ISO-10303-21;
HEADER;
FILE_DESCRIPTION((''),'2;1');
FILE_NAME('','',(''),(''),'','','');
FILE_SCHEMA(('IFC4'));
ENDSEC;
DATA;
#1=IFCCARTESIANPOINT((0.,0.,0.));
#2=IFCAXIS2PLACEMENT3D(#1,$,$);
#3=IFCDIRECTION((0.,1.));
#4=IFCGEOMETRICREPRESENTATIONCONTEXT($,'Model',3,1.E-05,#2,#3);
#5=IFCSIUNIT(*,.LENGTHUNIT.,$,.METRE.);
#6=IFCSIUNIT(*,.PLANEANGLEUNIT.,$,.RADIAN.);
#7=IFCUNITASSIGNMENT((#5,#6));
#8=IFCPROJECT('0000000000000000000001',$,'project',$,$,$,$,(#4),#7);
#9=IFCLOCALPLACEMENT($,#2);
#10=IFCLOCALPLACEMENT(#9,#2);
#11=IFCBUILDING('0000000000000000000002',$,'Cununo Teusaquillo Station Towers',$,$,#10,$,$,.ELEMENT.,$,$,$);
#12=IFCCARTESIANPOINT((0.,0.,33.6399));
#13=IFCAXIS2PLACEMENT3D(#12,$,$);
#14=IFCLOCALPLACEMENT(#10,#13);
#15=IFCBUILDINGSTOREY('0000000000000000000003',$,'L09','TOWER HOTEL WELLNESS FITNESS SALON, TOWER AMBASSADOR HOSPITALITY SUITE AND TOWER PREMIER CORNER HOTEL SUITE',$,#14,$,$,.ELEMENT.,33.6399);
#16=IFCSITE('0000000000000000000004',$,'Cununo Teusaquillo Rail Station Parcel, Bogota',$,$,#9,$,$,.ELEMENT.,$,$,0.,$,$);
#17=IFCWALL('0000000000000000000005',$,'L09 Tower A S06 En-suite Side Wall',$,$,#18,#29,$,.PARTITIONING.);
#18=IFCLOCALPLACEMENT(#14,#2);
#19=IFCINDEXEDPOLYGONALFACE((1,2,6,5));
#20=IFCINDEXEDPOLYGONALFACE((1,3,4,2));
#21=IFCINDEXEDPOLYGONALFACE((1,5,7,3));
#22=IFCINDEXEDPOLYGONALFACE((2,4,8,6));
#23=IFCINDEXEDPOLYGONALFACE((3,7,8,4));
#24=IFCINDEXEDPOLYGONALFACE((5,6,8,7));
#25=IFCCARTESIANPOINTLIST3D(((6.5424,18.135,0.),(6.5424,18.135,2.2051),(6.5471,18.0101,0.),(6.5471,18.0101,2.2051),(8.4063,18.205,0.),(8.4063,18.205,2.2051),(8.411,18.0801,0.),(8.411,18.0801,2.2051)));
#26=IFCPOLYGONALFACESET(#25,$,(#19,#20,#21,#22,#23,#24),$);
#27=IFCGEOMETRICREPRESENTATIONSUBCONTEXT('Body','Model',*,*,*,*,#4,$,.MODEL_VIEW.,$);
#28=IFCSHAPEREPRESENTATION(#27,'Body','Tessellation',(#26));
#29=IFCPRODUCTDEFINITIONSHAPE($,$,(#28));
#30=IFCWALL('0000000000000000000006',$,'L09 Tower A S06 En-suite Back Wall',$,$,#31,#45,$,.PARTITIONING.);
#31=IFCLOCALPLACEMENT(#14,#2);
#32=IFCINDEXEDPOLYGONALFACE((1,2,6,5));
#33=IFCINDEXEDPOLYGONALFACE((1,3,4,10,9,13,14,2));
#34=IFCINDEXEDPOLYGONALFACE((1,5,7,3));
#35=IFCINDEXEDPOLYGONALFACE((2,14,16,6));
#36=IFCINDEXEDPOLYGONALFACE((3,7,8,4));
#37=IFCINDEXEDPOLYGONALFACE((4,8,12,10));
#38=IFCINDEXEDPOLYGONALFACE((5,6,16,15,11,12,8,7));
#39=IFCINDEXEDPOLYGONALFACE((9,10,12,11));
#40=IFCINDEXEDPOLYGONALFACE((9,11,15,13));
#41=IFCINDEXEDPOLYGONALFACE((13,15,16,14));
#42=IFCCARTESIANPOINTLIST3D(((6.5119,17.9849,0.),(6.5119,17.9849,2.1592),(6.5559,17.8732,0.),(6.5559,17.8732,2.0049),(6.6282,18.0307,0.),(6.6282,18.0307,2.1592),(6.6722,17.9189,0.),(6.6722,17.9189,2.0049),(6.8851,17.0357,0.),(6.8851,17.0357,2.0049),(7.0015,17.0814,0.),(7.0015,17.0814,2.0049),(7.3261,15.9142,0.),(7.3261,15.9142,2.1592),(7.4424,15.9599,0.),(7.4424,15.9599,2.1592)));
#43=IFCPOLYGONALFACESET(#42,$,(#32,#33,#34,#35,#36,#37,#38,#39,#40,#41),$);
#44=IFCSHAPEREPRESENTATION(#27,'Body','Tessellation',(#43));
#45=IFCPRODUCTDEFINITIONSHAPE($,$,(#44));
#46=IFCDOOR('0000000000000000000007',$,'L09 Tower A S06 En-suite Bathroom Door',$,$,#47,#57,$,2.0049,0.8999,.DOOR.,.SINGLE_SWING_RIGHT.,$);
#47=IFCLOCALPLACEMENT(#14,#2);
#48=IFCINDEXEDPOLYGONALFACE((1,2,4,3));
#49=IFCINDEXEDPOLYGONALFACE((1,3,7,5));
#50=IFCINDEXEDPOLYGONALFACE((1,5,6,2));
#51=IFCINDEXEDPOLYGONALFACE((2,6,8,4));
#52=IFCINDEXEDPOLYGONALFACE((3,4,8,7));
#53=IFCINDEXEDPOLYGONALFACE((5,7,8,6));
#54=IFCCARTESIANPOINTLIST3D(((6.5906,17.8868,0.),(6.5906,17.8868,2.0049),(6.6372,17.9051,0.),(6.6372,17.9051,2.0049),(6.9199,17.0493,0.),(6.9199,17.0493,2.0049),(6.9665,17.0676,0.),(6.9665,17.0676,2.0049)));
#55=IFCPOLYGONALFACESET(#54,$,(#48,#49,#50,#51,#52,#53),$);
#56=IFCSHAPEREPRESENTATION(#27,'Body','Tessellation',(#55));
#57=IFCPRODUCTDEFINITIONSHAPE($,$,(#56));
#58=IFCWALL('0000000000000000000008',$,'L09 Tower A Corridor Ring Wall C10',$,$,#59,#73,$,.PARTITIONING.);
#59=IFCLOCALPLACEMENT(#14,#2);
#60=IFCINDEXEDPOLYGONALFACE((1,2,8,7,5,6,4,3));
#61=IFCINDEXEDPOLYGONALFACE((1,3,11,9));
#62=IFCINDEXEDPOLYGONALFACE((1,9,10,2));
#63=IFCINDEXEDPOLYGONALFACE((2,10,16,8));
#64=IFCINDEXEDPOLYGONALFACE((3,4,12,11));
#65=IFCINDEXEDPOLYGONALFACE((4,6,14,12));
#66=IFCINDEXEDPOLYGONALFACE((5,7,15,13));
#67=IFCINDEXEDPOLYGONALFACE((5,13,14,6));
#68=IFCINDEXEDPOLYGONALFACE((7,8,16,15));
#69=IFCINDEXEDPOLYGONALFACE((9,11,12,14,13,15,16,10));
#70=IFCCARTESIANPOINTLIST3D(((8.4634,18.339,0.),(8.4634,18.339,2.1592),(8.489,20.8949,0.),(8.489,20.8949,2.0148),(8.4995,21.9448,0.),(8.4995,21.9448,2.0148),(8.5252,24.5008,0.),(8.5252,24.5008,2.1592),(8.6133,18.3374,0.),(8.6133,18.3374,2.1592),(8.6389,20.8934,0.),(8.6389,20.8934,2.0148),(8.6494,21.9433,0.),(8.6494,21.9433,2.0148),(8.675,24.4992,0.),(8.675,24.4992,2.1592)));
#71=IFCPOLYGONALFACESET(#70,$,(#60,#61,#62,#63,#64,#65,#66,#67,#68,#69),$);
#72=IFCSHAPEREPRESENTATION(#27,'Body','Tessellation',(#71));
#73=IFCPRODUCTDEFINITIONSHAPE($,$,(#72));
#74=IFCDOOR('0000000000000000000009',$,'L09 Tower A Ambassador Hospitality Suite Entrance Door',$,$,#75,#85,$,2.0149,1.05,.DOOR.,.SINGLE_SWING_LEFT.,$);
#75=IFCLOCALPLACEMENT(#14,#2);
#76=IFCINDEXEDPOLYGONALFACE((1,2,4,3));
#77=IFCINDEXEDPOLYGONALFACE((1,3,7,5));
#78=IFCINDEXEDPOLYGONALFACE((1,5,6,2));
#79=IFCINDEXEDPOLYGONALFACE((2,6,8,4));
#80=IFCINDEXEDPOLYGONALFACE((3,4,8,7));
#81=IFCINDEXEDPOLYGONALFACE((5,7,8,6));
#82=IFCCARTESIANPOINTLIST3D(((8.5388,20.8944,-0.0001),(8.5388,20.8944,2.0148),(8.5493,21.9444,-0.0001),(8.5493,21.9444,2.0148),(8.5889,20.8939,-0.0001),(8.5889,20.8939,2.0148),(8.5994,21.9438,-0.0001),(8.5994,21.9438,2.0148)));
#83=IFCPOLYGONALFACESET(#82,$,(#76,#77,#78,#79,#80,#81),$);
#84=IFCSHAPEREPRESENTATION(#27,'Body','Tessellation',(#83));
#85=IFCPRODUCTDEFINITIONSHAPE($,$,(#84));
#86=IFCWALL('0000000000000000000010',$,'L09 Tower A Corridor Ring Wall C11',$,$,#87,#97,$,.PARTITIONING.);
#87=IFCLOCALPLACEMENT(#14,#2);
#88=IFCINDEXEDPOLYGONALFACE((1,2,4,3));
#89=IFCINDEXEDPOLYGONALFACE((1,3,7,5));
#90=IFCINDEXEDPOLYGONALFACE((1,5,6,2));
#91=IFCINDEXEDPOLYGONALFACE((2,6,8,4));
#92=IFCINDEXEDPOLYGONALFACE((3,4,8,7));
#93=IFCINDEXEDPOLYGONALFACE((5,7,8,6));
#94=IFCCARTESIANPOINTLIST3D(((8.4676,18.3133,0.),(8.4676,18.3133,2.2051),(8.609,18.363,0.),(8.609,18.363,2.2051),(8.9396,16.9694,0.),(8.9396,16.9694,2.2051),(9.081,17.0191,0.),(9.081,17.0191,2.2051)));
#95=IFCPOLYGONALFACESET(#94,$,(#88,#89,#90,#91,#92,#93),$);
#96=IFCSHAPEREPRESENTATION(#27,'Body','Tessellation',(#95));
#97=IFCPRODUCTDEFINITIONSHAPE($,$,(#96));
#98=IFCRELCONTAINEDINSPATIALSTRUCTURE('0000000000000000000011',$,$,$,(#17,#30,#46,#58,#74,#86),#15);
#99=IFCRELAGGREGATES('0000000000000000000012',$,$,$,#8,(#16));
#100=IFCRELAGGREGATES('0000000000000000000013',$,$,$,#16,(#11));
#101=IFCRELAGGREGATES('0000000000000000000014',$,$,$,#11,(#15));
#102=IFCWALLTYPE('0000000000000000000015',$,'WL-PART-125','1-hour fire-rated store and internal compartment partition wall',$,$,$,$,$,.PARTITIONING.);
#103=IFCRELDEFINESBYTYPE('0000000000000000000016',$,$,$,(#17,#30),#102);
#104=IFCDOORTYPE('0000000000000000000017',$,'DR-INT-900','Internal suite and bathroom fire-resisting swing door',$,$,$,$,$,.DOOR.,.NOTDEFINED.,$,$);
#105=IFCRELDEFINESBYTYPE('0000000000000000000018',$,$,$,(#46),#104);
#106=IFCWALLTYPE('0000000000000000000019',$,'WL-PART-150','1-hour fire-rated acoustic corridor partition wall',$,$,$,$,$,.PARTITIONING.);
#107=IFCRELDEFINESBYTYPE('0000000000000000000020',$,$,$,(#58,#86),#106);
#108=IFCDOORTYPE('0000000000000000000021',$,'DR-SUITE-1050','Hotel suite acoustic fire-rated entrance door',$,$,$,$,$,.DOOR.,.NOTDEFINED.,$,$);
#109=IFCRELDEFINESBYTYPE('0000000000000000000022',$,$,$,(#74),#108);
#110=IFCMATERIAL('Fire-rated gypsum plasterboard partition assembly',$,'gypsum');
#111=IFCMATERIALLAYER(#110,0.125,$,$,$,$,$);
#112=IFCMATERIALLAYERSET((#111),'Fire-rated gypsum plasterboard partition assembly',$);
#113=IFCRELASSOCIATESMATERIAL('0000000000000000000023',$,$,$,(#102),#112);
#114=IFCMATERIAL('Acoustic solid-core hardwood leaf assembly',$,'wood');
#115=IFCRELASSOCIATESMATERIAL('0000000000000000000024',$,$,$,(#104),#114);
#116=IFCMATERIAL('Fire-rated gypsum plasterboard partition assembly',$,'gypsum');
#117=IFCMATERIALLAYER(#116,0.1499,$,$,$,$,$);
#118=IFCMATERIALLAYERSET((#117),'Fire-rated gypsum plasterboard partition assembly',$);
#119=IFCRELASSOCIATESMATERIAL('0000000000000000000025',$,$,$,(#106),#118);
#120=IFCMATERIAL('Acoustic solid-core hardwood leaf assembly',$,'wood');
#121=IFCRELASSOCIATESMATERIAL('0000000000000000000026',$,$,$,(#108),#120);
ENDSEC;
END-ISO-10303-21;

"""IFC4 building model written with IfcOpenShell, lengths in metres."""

from ifc_helpers import new_model, si_unit, direction, frame, frame_2d, origin, place, context, subcontext, project, spatial, rectangle, extrude, source, transform, mapped, material, layer, layer_set, type_object, element, fill, save


model = new_model("IFC4")

# Units and contexts
model_context = context("Model", 3, precision=1e-05, world=origin(), true_north=direction((0.0, 1.0)))
body_context = subcontext(model_context, "Body", "Model", "MODEL_VIEW")
ifc_project = project(units=[si_unit("LENGTHUNIT", "METRE"), si_unit("PLANEANGLEUNIT", "RADIAN")], contexts=[model_context])

# Site, building, storey
site_placement = place(None, origin())
site = spatial("IfcSite", under=ifc_project, at=site_placement, Name="Cununo Teusaquillo Rail Station Parcel, Bogota", CompositionType="ELEMENT", RefElevation=0.0)
building_placement = place(site_placement, origin())
building = spatial("IfcBuilding", under=site, at=building_placement, Name="Cununo Teusaquillo Station Towers", CompositionType="ELEMENT")
storey_placement = place(building_placement, frame((0.0, 0.0, 33.6399)))
storey = spatial("IfcBuildingStorey", under=building, at=storey_placement, Name="L09", Description="TOWER HOTEL WELLNESS FITNESS SALON, TOWER AMBASSADOR HOSPITALITY SUITE AND TOWER PREMIER CORNER HOTEL SUITE", CompositionType="ELEMENT", Elevation=33.6399)

# Wall
ifc_material_1 = material(Name="Fire-rated gypsum plasterboard partition assembly", Category="gypsum")
ifc_layer_1 = layer(ifc_material_1, 0.125)
ifc_layer_set_1 = layer_set([ifc_layer_1], Name="Fire-rated gypsum plasterboard partition assembly")
wall_type_1 = type_object("IfcWallType", Name="WL-PART-125", Description="1-hour fire-rated store and internal compartment partition wall", PredefinedType="PARTITIONING", material=ifc_layer_set_1)
wall_1_placement = place(storey_placement, frame((8.4087, 18.1426, 0.0), z_axis=(0.0, 0.0, 1.0), x_axis=(-0.999294, -0.037564, 0.0)))
element("IfcWall", 1, at=wall_1_placement, inside=storey, type_object=wall_type_1, Name="L09 Tower A S06 En-suite Side Wall", PredefinedType="PARTITIONING", context=body_context, shape_type="SweptSolid", body=[
    extrude(rectangle(XDim=1.8652, YDim=0.125, at=frame_2d((0.9326, 0.0))), origin(), (0.0, 0.0, 1.0), 2.2051),
])

# Walls, openings, doors
wall_2_placement = place(storey_placement, frame((6.5701, 18.0078, 0.0), z_axis=(0.0, 0.0, 1.0), x_axis=(0.365917, -0.930647, 0.0)))
wall_2 = element("IfcWall", 2, at=wall_2_placement, inside=storey, type_object=wall_type_1, Name="L09 Tower A S06 En-suite Back Wall", PredefinedType="PARTITIONING", context=body_context, shape_type="SweptSolid", body=[
    extrude(rectangle(XDim=2.2251, YDim=0.125, at=frame_2d((1.1125, 0.0))), origin(), (0.0, 0.0, 1.0), 2.1592),
])
shared_shape_1 = source(origin(), body_context, "Body", "SweptSolid", [
    extrude(rectangle(XDim=0.8999, YDim=2.0049, at=frame_2d((0.45, 1.0024))), frame((0.0, 0.0725, 0.0), z_axis=(0.0, -1.0, 0.0), x_axis=(1.0, 0.0, 0.0)), (0.0, 0.0, 1.0), 0.145),
])
opening_1_placement = place(wall_2_placement, frame((0.1201, 0.0, 0.0)))
opening_1 = element("IfcOpeningElement", 3, at=opening_1_placement, cuts=wall_2, PredefinedType="OPENING", context=body_context, shape_type="MappedRepresentation", body=[
    mapped(shared_shape_1, transform((0.0, 0.0, 0.0), x_axis=(1.0, 0.0, 0.0), y_axis=(0.0, 1.0, 0.0), z_axis=(0.0, 0.0, 1.0), scale=1.0)),
])
ifc_material_2 = material(Name="Acoustic solid-core hardwood leaf assembly", Category="wood")
door_type_1 = type_object("IfcDoorType", Name="DR-INT-900", Description="Internal suite and bathroom fire-resisting swing door", OperationType="NOTDEFINED", PredefinedType="DOOR", material=ifc_material_2)
shared_shape_2 = source(origin(), body_context, "Body", "SweptSolid", [
    extrude(rectangle(XDim=0.8999, YDim=2.0049, at=frame_2d((0.45, 1.0024))), frame((0.0, 0.0249, 0.0), z_axis=(0.0, -1.0, 0.0), x_axis=(1.0, 0.0, 0.0)), (0.0, 0.0, 1.0), 0.05),
])
door_1_placement = place(opening_1_placement, origin())
door_1 = element("IfcDoor", 4, at=door_1_placement, inside=storey, type_object=door_type_1, Name="L09 Tower A S06 En-suite Bathroom Door", OperationType="SINGLE_SWING_RIGHT", OverallHeight=2.0049, OverallWidth=0.8999, PredefinedType="DOOR", context=body_context, shape_type="MappedRepresentation", body=[
    mapped(shared_shape_2, transform((0.0, 0.0, 0.0), x_axis=(1.0, 0.0, 0.0), y_axis=(0.0, 1.0, 0.0), z_axis=(0.0, 0.0, 1.0), scale=1.0)),
])
fill(opening_1, door_1)
ifc_material_3 = material(Name="Fire-rated gypsum plasterboard partition assembly", Category="gypsum")
ifc_layer_2 = layer(ifc_material_3, 0.1499)
ifc_layer_set_2 = layer_set([ifc_layer_2], Name="Fire-rated gypsum plasterboard partition assembly")
wall_type_2 = type_object("IfcWallType", Name="WL-PART-150", Description="1-hour fire-rated acoustic corridor partition wall", PredefinedType="PARTITIONING", material=ifc_layer_set_2)
wall_3_placement = place(storey_placement, frame((8.6001, 24.5, 0.0), z_axis=(0.0, 0.0, 1.0), x_axis=(-0.010024, -0.99995, 0.0)))
wall_3 = element("IfcWall", 5, at=wall_3_placement, inside=storey, type_object=wall_type_2, Name="L09 Tower A Corridor Ring Wall C10", PredefinedType="PARTITIONING", context=body_context, shape_type="SweptSolid", body=[
    extrude(rectangle(XDim=6.1621, YDim=0.1499, at=frame_2d((3.0811, 0.0))), origin(), (0.0, 0.0, 1.0), 2.1592),
])
shared_shape_3 = source(origin(), body_context, "Body", "SweptSolid", [
    extrude(rectangle(XDim=1.05, YDim=2.0149, at=frame_2d((0.5249, 1.0073))), frame((0.0, 0.085, 0.0), z_axis=(0.0, -1.0, 0.0), x_axis=(1.0, 0.0, 0.0)), (0.0, 0.0, 1.0), 0.1699),
])
opening_2_placement = place(wall_3_placement, frame((2.5562, 0.0, 0.0)))
opening_2 = element("IfcOpeningElement", 6, at=opening_2_placement, cuts=wall_3, PredefinedType="OPENING", context=body_context, shape_type="MappedRepresentation", body=[
    mapped(shared_shape_3, transform((0.0, 0.0, 0.0), x_axis=(1.0, 0.0, 0.0), y_axis=(0.0, 1.0, 0.0), z_axis=(0.0, 0.0, 1.0), scale=1.0)),
])
ifc_material_4 = material(Name="Acoustic solid-core hardwood leaf assembly", Category="wood")
door_type_2 = type_object("IfcDoorType", Name="DR-SUITE-1050", Description="Hotel suite acoustic fire-rated entrance door", OperationType="NOTDEFINED", PredefinedType="DOOR", material=ifc_material_4)
shared_shape_4 = source(origin(), body_context, "Body", "SweptSolid", [
    extrude(rectangle(XDim=1.05, YDim=2.0149, at=frame_2d((0.5249, 1.0073))), frame((0.0, 0.0249, 0.0), z_axis=(0.0, -1.0, 0.0), x_axis=(1.0, 0.0, 0.0)), (0.0, 0.0, 1.0), 0.05),
])
door_2_placement = place(opening_2_placement, origin())
door_2 = element("IfcDoor", 7, at=door_2_placement, inside=storey, type_object=door_type_2, Name="L09 Tower A Ambassador Hospitality Suite Entrance Door", OperationType="SINGLE_SWING_LEFT", OverallHeight=2.0149, OverallWidth=1.05, PredefinedType="DOOR", context=body_context, shape_type="MappedRepresentation", body=[
    mapped(shared_shape_4, transform((0.0, 0.0, 0.0), x_axis=(1.0, 0.0, 0.0), y_axis=(0.0, 1.0, 0.0), z_axis=(0.0, 0.0, 1.0), scale=1.0)),
])
fill(opening_2, door_2)

# Wall
wall_4_placement = place(storey_placement, frame((8.5383, 18.3381, 0.0), z_axis=(0.0, 0.0, 1.0), x_axis=(0.331358, -0.943505, 0.0)))
element("IfcWall", 8, at=wall_4_placement, inside=storey, type_object=wall_type_2, Name="L09 Tower A Corridor Ring Wall C11", PredefinedType="PARTITIONING", context=body_context, shape_type="SweptSolid", body=[
    extrude(rectangle(XDim=1.4243, YDim=0.1499, at=frame_2d((0.7122, 0.0))), origin(), (0.0, 0.0, 1.0), 2.2051),
])

save(model, "model.ifc")
